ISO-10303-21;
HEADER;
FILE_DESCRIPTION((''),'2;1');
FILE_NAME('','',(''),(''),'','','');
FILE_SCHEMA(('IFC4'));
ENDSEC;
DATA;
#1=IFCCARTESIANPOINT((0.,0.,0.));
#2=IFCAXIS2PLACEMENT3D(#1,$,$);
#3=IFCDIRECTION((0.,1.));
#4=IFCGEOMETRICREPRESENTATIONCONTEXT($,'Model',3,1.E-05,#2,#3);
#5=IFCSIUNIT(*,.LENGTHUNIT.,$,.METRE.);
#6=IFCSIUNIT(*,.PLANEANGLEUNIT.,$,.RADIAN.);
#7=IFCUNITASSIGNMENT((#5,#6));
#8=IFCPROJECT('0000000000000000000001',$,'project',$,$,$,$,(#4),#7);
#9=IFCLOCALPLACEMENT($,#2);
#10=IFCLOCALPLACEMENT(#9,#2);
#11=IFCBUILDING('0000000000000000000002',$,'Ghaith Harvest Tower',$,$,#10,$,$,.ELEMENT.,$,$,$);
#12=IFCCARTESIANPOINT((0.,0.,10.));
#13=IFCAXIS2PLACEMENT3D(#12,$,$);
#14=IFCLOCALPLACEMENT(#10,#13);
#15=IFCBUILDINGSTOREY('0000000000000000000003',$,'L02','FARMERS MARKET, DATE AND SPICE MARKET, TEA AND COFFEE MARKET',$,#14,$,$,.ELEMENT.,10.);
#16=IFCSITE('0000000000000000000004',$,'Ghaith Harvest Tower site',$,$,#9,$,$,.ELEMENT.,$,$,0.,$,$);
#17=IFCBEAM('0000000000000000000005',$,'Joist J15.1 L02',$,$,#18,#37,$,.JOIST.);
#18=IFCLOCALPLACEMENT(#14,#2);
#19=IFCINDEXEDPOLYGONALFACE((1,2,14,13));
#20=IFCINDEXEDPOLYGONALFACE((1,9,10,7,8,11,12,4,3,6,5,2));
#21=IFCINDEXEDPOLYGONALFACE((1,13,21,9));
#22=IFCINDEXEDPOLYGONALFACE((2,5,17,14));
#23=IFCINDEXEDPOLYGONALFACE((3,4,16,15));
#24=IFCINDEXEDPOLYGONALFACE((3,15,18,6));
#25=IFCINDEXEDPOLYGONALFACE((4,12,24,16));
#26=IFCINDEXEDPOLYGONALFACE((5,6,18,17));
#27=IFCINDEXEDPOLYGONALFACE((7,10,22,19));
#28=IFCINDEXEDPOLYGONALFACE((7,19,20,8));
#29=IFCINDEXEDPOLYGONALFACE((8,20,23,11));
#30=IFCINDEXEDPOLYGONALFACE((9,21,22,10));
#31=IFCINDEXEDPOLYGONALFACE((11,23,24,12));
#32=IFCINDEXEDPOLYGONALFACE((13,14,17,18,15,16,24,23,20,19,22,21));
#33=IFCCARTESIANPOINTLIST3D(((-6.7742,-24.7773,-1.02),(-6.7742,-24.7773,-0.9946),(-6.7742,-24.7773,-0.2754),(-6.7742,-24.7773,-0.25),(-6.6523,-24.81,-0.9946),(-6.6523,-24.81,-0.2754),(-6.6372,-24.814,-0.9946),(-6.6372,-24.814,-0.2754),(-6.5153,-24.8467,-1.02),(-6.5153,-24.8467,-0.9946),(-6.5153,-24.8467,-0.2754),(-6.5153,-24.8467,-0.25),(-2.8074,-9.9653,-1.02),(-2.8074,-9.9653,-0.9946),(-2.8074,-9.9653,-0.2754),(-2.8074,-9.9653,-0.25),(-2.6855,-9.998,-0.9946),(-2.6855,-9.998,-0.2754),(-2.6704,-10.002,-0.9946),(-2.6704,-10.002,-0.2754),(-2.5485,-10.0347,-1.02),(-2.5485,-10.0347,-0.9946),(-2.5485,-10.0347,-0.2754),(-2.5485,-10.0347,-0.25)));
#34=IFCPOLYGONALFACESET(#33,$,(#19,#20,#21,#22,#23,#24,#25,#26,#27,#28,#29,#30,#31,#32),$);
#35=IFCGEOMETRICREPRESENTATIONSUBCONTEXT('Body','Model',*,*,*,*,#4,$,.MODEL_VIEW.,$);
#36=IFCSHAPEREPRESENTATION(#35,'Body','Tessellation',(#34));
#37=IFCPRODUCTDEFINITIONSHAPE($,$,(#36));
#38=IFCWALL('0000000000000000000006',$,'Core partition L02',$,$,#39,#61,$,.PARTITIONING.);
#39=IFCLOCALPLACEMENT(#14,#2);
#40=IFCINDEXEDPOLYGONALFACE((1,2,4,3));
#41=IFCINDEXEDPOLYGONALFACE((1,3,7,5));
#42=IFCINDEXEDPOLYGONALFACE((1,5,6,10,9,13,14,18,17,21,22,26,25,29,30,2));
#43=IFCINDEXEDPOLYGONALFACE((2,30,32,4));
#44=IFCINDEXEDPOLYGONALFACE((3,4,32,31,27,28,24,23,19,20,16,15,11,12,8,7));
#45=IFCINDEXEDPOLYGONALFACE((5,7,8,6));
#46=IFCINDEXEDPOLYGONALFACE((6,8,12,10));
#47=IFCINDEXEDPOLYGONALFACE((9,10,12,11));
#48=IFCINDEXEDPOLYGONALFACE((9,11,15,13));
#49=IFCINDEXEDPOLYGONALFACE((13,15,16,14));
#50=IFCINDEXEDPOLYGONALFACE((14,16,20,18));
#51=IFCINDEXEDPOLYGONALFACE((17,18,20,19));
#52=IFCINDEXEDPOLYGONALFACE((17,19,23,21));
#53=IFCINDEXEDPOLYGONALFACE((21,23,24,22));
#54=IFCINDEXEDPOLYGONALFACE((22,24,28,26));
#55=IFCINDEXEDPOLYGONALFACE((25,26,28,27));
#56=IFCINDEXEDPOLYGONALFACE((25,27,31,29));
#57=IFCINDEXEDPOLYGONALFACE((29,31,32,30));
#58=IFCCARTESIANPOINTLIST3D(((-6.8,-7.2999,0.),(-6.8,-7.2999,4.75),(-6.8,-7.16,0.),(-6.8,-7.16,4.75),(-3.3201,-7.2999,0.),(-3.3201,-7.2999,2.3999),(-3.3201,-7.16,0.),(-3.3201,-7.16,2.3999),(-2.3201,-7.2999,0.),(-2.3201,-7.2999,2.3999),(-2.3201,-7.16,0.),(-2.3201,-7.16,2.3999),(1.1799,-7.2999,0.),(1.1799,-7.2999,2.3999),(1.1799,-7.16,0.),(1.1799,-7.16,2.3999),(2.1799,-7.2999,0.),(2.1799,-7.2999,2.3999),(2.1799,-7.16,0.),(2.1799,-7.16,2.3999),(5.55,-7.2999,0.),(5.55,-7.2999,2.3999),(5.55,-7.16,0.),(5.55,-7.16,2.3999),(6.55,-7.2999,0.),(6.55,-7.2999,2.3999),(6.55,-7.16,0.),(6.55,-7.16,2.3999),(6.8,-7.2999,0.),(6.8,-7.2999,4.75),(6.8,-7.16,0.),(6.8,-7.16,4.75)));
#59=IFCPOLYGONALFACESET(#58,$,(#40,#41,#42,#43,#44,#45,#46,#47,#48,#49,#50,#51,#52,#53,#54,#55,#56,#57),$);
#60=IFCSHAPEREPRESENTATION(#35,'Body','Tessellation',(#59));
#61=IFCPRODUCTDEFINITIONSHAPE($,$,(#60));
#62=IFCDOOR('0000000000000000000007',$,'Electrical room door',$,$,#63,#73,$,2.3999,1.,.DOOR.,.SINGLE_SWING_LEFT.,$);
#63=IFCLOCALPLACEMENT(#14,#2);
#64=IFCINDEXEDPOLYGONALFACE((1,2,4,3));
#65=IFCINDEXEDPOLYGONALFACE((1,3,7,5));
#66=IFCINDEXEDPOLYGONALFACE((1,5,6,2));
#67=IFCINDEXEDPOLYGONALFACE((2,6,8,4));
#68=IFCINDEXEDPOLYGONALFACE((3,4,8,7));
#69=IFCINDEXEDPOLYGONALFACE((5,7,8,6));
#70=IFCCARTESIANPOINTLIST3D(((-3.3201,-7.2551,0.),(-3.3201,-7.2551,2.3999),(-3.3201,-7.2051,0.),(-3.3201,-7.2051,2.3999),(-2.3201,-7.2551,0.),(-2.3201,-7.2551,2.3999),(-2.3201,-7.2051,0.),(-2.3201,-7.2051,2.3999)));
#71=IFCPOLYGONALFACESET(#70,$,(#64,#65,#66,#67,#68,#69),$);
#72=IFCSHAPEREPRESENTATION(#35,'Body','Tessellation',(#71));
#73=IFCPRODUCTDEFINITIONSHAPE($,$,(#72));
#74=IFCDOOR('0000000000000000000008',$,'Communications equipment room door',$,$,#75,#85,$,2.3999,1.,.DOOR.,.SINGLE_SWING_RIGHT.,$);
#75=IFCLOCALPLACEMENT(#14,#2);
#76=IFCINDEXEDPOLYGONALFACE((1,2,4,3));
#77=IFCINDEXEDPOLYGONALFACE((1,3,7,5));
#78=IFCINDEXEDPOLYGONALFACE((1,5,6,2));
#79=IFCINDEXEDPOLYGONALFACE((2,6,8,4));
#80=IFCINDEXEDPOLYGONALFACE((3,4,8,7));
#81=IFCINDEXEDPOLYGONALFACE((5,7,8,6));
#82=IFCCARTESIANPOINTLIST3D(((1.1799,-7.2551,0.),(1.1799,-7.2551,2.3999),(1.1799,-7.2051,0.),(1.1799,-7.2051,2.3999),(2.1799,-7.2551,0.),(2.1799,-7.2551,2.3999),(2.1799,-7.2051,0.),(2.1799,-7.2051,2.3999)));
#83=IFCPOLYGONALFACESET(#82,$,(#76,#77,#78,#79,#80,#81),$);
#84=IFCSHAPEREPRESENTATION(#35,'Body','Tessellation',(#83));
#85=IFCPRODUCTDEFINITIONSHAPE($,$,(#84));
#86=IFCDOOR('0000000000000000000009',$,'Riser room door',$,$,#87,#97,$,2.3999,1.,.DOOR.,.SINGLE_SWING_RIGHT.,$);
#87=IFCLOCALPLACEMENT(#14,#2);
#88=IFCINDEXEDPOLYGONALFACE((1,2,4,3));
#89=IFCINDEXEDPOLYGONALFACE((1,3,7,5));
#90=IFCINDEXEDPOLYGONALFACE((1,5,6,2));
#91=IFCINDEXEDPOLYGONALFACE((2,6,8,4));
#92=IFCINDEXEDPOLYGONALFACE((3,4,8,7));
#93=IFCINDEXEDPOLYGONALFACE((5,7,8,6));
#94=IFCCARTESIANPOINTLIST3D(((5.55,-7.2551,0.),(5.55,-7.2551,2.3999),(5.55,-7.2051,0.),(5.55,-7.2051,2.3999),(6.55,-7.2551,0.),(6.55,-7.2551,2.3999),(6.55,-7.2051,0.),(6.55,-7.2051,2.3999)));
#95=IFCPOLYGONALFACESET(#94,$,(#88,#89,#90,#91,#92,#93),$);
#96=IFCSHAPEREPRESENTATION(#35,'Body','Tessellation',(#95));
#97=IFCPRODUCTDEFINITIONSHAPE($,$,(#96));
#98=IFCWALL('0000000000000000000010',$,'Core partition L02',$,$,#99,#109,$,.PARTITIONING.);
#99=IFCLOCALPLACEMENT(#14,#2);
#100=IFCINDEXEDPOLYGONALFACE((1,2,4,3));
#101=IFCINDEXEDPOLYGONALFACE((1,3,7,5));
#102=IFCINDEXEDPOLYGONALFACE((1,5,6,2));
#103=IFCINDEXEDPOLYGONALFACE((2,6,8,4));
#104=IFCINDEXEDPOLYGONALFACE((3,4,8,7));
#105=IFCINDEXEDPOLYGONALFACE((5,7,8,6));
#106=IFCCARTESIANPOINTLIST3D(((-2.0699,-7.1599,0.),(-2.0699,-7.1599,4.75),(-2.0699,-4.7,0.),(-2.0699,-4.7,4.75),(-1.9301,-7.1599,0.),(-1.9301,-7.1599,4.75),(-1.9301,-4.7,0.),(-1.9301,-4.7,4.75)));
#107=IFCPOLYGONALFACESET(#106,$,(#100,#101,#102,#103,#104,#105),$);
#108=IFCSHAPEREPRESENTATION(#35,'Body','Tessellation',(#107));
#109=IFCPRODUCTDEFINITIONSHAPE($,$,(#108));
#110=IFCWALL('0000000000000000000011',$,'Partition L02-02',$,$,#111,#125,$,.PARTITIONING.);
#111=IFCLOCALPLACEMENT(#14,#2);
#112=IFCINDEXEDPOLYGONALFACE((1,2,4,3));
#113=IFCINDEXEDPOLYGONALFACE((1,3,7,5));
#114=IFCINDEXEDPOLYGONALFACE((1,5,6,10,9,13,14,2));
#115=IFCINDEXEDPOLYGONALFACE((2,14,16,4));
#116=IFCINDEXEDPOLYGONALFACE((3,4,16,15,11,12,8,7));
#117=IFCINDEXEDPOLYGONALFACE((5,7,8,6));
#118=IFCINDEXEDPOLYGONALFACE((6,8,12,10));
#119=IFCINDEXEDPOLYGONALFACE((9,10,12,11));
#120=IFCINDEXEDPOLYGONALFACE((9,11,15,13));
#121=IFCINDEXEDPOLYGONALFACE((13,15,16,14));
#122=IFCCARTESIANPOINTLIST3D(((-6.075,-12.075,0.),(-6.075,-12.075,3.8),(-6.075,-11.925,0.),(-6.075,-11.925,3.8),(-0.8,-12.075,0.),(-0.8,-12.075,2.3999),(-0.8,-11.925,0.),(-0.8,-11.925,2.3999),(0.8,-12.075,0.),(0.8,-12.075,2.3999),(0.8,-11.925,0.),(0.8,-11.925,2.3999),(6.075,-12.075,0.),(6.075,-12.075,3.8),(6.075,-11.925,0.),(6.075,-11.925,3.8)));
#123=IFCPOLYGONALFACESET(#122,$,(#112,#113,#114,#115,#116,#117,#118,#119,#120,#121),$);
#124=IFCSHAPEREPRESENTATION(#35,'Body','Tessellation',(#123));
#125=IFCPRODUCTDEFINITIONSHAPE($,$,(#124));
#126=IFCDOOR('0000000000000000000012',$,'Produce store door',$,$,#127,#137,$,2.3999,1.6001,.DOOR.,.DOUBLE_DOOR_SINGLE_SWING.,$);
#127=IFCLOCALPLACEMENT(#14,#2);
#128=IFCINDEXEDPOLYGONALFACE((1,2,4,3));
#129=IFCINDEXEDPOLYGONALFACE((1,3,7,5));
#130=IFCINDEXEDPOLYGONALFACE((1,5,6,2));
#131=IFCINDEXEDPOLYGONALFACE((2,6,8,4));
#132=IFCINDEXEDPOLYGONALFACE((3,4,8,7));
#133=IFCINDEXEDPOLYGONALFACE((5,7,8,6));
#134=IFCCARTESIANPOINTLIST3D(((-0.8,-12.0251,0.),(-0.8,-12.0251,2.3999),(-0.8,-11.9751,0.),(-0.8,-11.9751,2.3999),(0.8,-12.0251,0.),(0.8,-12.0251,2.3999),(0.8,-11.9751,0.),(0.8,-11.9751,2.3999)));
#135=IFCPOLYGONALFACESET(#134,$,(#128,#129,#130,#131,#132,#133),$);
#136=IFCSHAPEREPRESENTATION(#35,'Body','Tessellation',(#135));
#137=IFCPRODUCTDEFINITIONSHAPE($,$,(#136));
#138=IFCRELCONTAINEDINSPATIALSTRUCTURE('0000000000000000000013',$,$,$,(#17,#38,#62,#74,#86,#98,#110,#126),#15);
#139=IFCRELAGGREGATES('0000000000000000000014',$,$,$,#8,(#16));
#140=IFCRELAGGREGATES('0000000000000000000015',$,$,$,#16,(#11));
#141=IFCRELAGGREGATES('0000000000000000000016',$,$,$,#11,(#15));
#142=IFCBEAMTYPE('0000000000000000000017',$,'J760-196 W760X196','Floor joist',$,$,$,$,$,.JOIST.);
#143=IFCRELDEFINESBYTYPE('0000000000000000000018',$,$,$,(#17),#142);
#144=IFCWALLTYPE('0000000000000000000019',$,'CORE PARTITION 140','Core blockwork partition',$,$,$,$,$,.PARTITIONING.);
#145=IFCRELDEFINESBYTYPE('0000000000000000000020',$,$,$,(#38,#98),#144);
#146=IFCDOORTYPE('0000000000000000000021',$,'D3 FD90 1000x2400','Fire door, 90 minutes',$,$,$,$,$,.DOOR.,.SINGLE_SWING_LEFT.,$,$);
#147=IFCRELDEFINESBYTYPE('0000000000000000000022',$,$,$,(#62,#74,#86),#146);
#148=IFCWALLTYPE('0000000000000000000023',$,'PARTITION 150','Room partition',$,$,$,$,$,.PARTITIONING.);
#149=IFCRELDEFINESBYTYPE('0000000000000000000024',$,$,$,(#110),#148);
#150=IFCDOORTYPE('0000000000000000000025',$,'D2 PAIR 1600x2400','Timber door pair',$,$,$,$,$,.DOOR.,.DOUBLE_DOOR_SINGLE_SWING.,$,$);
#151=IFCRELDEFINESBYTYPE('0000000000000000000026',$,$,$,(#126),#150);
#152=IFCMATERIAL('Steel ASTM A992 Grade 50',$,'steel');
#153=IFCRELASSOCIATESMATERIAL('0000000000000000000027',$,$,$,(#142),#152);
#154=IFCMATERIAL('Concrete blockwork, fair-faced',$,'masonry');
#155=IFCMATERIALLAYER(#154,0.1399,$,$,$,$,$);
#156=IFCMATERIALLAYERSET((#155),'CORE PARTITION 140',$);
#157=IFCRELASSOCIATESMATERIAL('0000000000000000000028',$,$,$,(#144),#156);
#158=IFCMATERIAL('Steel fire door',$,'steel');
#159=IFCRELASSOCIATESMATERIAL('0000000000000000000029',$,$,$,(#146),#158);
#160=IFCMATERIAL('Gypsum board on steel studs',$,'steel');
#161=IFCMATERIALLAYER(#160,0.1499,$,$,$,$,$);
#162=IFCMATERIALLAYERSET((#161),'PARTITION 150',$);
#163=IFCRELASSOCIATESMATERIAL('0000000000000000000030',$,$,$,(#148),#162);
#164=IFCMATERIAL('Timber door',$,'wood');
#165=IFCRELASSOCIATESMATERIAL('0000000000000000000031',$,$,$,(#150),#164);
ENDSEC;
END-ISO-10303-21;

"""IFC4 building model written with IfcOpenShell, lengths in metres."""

from ifc_helpers import new_model, si_unit, direction, frame, frame_2d, origin, origin_2d, place, context, subcontext, project, spatial, rectangle, i_section, extrude, material, layer, layer_set, material_profile, profile_set, type_object, element, fill, save


model = new_model("IFC4")

# Units and contexts
model_context = context("Model", 3, precision=1e-05, world=origin(), true_north=direction((0.0, 1.0)))
body_context = subcontext(model_context, "Body", "Model", "MODEL_VIEW")
ifc_project = project(units=[si_unit("LENGTHUNIT", "METRE"), si_unit("PLANEANGLEUNIT", "RADIAN")], contexts=[model_context])

# Site, building, storey
site_placement = place(None, origin())
site = spatial("IfcSite", under=ifc_project, at=site_placement, Name="Ghaith Harvest Tower site", CompositionType="ELEMENT", RefElevation=0.0)
building_placement = place(site_placement, origin())
building = spatial("IfcBuilding", under=site, at=building_placement, Name="Ghaith Harvest Tower", CompositionType="ELEMENT")
storey_placement = place(building_placement, frame((0.0, 0.0, 10.0)))
storey = spatial("IfcBuildingStorey", under=building, at=storey_placement, Name="L02", Description="FARMERS MARKET, DATE AND SPICE MARKET, TEA AND COFFEE MARKET", CompositionType="ELEMENT", Elevation=10.0)

# Beam
ifc_material_1 = material(Name="Steel ASTM A992 Grade 50", Category="steel")
ifc_material_profile_1 = material_profile(ifc_material_1, i_section(OverallWidth=0.2681, OverallDepth=0.77, WebThickness=0.0156, FlangeThickness=0.0254, at=origin_2d()), Name="W760X196")
ifc_profile_set_1 = profile_set([ifc_material_profile_1], Name="Steel ASTM A992 Grade 50")
beam_type_1 = type_object("IfcBeamType", Name="J760-196 W760X196", Description="Floor joist", PredefinedType="JOIST", material=ifc_profile_set_1)
beam_1_placement = place(storey_placement, frame((-2.678, -10.0, -0.635), z_axis=(-0.258693, -0.96596, 0.0), x_axis=(0.96596, -0.258693, 0.0)))
element("IfcBeam", 1, at=beam_1_placement, inside=storey, type_object=beam_type_1, Name="Joist J15.1 L02", PredefinedType="JOIST", context=body_context, shape_type="SweptSolid", body=[
    extrude(i_section(OverallWidth=0.2681, OverallDepth=0.77, WebThickness=0.0156, FlangeThickness=0.0254, at=origin_2d()), origin(), (0.0, 0.0, 1.0), 15.334),
])

# Wall, openings, doors
ifc_material_2 = material(Name="Concrete blockwork, fair-faced", Category="masonry")
ifc_layer_1 = layer(ifc_material_2, 0.1399)
ifc_layer_set_1 = layer_set([ifc_layer_1], Name="CORE PARTITION 140")
wall_type_1 = type_object("IfcWallType", Name="CORE PARTITION 140", Description="Core blockwork partition", PredefinedType="PARTITIONING", material=ifc_layer_set_1)
wall_1_placement = place(storey_placement, frame((-6.8, -7.23, 0.0), z_axis=(0.0, 0.0, 1.0), x_axis=(1.0, 0.0, 0.0)))
wall_1 = element("IfcWall", 2, at=wall_1_placement, inside=storey, type_object=wall_type_1, Name="Core partition L02", PredefinedType="PARTITIONING", context=body_context, shape_type="SweptSolid", body=[
    extrude(rectangle(XDim=13.6001, YDim=0.1399, at=frame_2d((6.8, 0.0))), origin(), (0.0, 0.0, 1.0), 4.75),
])
opening_1_placement = place(wall_1_placement, frame((3.48, 0.0, 0.0)))
opening_1 = element("IfcOpeningElement", 3, at=opening_1_placement, cuts=wall_1, PredefinedType="OPENING", context=body_context, shape_type="SweptSolid", body=[
    extrude(rectangle(XDim=1.0, YDim=2.3999, at=frame_2d((0.5, 1.2))), frame((0.0, 0.0801, 0.0), z_axis=(0.0, -1.0, 0.0), x_axis=(1.0, 0.0, 0.0)), (0.0, 0.0, 1.0), 0.1599),
])
opening_2_placement = place(wall_1_placement, frame((7.98, 0.0, 0.0)))
opening_2 = element("IfcOpeningElement", 4, at=opening_2_placement, cuts=wall_1, PredefinedType="OPENING", context=body_context, shape_type="SweptSolid", body=[
    extrude(rectangle(XDim=1.0, YDim=2.3999, at=frame_2d((0.5, 1.2))), frame((0.0, 0.0801, 0.0), z_axis=(0.0, -1.0, 0.0), x_axis=(1.0, 0.0, 0.0)), (0.0, 0.0, 1.0), 0.1599),
])
opening_3_placement = place(wall_1_placement, frame((12.3501, 0.0, 0.0)))
opening_3 = element("IfcOpeningElement", 5, at=opening_3_placement, cuts=wall_1, PredefinedType="OPENING", context=body_context, shape_type="SweptSolid", body=[
    extrude(rectangle(XDim=1.0, YDim=2.3999, at=frame_2d((0.5, 1.2))), frame((0.0, 0.0801, 0.0), z_axis=(0.0, -1.0, 0.0), x_axis=(1.0, 0.0, 0.0)), (0.0, 0.0, 1.0), 0.1599),
])
ifc_material_3 = material(Name="Steel fire door", Category="steel")
door_type_1 = type_object("IfcDoorType", Name="D3 FD90 1000x2400", Description="Fire door, 90 minutes", OperationType="SINGLE_SWING_LEFT", PredefinedType="DOOR", material=ifc_material_3)
door_1_placement = place(opening_1_placement, origin())
door_1 = element("IfcDoor", 6, at=door_1_placement, inside=storey, type_object=door_type_1, Name="Electrical room door", OperationType="SINGLE_SWING_LEFT", OverallHeight=2.3999, OverallWidth=1.0, PredefinedType="DOOR", context=body_context, shape_type="SweptSolid", body=[
    extrude(rectangle(XDim=1.0, YDim=2.3999, at=frame_2d((0.5, 1.2))), frame((0.0, 0.0249, 0.0), z_axis=(0.0, -1.0, 0.0), x_axis=(1.0, 0.0, 0.0)), (0.0, 0.0, 1.0), 0.05),
])
fill(opening_1, door_1)
door_2_placement = place(opening_2_placement, origin())
door_2 = element("IfcDoor", 7, at=door_2_placement, inside=storey, type_object=door_type_1, Name="Communications equipment room door", OperationType="SINGLE_SWING_RIGHT", OverallHeight=2.3999, OverallWidth=1.0, PredefinedType="DOOR", context=body_context, shape_type="SweptSolid", body=[
    extrude(rectangle(XDim=1.0, YDim=2.3999, at=frame_2d((0.5, 1.2))), frame((0.0, 0.0249, 0.0), z_axis=(0.0, -1.0, 0.0), x_axis=(1.0, 0.0, 0.0)), (0.0, 0.0, 1.0), 0.05),
])
fill(opening_2, door_2)
door_3_placement = place(opening_3_placement, origin())
door_3 = element("IfcDoor", 8, at=door_3_placement, inside=storey, type_object=door_type_1, Name="Riser room door", OperationType="SINGLE_SWING_RIGHT", OverallHeight=2.3999, OverallWidth=1.0, PredefinedType="DOOR", context=body_context, shape_type="SweptSolid", body=[
    extrude(rectangle(XDim=1.0, YDim=2.3999, at=frame_2d((0.5, 1.2))), frame((0.0, 0.0249, 0.0), z_axis=(0.0, -1.0, 0.0), x_axis=(1.0, 0.0, 0.0)), (0.0, 0.0, 1.0), 0.05),
])
fill(opening_3, door_3)

# Wall
wall_2_placement = place(storey_placement, frame((-2.0, -4.7, 0.0), z_axis=(0.0, 0.0, 1.0), x_axis=(0.0, -1.0, 0.0)))
element("IfcWall", 9, at=wall_2_placement, inside=storey, type_object=wall_type_1, Name="Core partition L02", PredefinedType="PARTITIONING", context=body_context, shape_type="SweptSolid", body=[
    extrude(rectangle(XDim=2.46, YDim=0.1399, at=frame_2d((1.23, 0.0))), origin(), (0.0, 0.0, 1.0), 4.75),
])

# Wall, opening, door
ifc_material_4 = material(Name="Gypsum board on steel studs", Category="steel")
ifc_layer_2 = layer(ifc_material_4, 0.1499)
ifc_layer_set_2 = layer_set([ifc_layer_2], Name="PARTITION 150")
wall_type_2 = type_object("IfcWallType", Name="PARTITION 150", Description="Room partition", PredefinedType="PARTITIONING", material=ifc_layer_set_2)
wall_3_placement = place(storey_placement, frame((-6.075, -12.0, 0.0), z_axis=(0.0, 0.0, 1.0), x_axis=(1.0, 0.0, 0.0)))
wall_3 = element("IfcWall", 10, at=wall_3_placement, inside=storey, type_object=wall_type_2, Name="Partition L02-02", PredefinedType="PARTITIONING", context=body_context, shape_type="SweptSolid", body=[
    extrude(rectangle(XDim=12.1499, YDim=0.1499, at=frame_2d((6.075, 0.0))), origin(), (0.0, 0.0, 1.0), 3.8),
])
opening_4_placement = place(wall_3_placement, frame((5.2749, 0.0, 0.0)))
opening_4 = element("IfcOpeningElement", 11, at=opening_4_placement, cuts=wall_3, PredefinedType="OPENING", context=body_context, shape_type="SweptSolid", body=[
    extrude(rectangle(XDim=1.6001, YDim=2.3999, at=frame_2d((0.8, 1.2))), frame((0.0, 0.085, 0.0), z_axis=(0.0, -1.0, 0.0), x_axis=(1.0, 0.0, 0.0)), (0.0, 0.0, 1.0), 0.1699),
])
ifc_material_5 = material(Name="Timber door", Category="wood")
door_type_2 = type_object("IfcDoorType", Name="D2 PAIR 1600x2400", Description="Timber door pair", OperationType="DOUBLE_DOOR_SINGLE_SWING", PredefinedType="DOOR", material=ifc_material_5)
door_4_placement = place(opening_4_placement, origin())
door_4 = element("IfcDoor", 12, at=door_4_placement, inside=storey, type_object=door_type_2, Name="Produce store door", OperationType="DOUBLE_DOOR_SINGLE_SWING", OverallHeight=2.3999, OverallWidth=1.6001, PredefinedType="DOOR", context=body_context, shape_type="SweptSolid", body=[
    extrude(rectangle(XDim=1.6001, YDim=2.3999, at=frame_2d((0.8, 1.2))), frame((0.0, 0.0249, 0.0), z_axis=(0.0, -1.0, 0.0), x_axis=(1.0, 0.0, 0.0)), (0.0, 0.0, 1.0), 0.05),
])
fill(opening_4, door_4)

save(model, "model.ifc")
